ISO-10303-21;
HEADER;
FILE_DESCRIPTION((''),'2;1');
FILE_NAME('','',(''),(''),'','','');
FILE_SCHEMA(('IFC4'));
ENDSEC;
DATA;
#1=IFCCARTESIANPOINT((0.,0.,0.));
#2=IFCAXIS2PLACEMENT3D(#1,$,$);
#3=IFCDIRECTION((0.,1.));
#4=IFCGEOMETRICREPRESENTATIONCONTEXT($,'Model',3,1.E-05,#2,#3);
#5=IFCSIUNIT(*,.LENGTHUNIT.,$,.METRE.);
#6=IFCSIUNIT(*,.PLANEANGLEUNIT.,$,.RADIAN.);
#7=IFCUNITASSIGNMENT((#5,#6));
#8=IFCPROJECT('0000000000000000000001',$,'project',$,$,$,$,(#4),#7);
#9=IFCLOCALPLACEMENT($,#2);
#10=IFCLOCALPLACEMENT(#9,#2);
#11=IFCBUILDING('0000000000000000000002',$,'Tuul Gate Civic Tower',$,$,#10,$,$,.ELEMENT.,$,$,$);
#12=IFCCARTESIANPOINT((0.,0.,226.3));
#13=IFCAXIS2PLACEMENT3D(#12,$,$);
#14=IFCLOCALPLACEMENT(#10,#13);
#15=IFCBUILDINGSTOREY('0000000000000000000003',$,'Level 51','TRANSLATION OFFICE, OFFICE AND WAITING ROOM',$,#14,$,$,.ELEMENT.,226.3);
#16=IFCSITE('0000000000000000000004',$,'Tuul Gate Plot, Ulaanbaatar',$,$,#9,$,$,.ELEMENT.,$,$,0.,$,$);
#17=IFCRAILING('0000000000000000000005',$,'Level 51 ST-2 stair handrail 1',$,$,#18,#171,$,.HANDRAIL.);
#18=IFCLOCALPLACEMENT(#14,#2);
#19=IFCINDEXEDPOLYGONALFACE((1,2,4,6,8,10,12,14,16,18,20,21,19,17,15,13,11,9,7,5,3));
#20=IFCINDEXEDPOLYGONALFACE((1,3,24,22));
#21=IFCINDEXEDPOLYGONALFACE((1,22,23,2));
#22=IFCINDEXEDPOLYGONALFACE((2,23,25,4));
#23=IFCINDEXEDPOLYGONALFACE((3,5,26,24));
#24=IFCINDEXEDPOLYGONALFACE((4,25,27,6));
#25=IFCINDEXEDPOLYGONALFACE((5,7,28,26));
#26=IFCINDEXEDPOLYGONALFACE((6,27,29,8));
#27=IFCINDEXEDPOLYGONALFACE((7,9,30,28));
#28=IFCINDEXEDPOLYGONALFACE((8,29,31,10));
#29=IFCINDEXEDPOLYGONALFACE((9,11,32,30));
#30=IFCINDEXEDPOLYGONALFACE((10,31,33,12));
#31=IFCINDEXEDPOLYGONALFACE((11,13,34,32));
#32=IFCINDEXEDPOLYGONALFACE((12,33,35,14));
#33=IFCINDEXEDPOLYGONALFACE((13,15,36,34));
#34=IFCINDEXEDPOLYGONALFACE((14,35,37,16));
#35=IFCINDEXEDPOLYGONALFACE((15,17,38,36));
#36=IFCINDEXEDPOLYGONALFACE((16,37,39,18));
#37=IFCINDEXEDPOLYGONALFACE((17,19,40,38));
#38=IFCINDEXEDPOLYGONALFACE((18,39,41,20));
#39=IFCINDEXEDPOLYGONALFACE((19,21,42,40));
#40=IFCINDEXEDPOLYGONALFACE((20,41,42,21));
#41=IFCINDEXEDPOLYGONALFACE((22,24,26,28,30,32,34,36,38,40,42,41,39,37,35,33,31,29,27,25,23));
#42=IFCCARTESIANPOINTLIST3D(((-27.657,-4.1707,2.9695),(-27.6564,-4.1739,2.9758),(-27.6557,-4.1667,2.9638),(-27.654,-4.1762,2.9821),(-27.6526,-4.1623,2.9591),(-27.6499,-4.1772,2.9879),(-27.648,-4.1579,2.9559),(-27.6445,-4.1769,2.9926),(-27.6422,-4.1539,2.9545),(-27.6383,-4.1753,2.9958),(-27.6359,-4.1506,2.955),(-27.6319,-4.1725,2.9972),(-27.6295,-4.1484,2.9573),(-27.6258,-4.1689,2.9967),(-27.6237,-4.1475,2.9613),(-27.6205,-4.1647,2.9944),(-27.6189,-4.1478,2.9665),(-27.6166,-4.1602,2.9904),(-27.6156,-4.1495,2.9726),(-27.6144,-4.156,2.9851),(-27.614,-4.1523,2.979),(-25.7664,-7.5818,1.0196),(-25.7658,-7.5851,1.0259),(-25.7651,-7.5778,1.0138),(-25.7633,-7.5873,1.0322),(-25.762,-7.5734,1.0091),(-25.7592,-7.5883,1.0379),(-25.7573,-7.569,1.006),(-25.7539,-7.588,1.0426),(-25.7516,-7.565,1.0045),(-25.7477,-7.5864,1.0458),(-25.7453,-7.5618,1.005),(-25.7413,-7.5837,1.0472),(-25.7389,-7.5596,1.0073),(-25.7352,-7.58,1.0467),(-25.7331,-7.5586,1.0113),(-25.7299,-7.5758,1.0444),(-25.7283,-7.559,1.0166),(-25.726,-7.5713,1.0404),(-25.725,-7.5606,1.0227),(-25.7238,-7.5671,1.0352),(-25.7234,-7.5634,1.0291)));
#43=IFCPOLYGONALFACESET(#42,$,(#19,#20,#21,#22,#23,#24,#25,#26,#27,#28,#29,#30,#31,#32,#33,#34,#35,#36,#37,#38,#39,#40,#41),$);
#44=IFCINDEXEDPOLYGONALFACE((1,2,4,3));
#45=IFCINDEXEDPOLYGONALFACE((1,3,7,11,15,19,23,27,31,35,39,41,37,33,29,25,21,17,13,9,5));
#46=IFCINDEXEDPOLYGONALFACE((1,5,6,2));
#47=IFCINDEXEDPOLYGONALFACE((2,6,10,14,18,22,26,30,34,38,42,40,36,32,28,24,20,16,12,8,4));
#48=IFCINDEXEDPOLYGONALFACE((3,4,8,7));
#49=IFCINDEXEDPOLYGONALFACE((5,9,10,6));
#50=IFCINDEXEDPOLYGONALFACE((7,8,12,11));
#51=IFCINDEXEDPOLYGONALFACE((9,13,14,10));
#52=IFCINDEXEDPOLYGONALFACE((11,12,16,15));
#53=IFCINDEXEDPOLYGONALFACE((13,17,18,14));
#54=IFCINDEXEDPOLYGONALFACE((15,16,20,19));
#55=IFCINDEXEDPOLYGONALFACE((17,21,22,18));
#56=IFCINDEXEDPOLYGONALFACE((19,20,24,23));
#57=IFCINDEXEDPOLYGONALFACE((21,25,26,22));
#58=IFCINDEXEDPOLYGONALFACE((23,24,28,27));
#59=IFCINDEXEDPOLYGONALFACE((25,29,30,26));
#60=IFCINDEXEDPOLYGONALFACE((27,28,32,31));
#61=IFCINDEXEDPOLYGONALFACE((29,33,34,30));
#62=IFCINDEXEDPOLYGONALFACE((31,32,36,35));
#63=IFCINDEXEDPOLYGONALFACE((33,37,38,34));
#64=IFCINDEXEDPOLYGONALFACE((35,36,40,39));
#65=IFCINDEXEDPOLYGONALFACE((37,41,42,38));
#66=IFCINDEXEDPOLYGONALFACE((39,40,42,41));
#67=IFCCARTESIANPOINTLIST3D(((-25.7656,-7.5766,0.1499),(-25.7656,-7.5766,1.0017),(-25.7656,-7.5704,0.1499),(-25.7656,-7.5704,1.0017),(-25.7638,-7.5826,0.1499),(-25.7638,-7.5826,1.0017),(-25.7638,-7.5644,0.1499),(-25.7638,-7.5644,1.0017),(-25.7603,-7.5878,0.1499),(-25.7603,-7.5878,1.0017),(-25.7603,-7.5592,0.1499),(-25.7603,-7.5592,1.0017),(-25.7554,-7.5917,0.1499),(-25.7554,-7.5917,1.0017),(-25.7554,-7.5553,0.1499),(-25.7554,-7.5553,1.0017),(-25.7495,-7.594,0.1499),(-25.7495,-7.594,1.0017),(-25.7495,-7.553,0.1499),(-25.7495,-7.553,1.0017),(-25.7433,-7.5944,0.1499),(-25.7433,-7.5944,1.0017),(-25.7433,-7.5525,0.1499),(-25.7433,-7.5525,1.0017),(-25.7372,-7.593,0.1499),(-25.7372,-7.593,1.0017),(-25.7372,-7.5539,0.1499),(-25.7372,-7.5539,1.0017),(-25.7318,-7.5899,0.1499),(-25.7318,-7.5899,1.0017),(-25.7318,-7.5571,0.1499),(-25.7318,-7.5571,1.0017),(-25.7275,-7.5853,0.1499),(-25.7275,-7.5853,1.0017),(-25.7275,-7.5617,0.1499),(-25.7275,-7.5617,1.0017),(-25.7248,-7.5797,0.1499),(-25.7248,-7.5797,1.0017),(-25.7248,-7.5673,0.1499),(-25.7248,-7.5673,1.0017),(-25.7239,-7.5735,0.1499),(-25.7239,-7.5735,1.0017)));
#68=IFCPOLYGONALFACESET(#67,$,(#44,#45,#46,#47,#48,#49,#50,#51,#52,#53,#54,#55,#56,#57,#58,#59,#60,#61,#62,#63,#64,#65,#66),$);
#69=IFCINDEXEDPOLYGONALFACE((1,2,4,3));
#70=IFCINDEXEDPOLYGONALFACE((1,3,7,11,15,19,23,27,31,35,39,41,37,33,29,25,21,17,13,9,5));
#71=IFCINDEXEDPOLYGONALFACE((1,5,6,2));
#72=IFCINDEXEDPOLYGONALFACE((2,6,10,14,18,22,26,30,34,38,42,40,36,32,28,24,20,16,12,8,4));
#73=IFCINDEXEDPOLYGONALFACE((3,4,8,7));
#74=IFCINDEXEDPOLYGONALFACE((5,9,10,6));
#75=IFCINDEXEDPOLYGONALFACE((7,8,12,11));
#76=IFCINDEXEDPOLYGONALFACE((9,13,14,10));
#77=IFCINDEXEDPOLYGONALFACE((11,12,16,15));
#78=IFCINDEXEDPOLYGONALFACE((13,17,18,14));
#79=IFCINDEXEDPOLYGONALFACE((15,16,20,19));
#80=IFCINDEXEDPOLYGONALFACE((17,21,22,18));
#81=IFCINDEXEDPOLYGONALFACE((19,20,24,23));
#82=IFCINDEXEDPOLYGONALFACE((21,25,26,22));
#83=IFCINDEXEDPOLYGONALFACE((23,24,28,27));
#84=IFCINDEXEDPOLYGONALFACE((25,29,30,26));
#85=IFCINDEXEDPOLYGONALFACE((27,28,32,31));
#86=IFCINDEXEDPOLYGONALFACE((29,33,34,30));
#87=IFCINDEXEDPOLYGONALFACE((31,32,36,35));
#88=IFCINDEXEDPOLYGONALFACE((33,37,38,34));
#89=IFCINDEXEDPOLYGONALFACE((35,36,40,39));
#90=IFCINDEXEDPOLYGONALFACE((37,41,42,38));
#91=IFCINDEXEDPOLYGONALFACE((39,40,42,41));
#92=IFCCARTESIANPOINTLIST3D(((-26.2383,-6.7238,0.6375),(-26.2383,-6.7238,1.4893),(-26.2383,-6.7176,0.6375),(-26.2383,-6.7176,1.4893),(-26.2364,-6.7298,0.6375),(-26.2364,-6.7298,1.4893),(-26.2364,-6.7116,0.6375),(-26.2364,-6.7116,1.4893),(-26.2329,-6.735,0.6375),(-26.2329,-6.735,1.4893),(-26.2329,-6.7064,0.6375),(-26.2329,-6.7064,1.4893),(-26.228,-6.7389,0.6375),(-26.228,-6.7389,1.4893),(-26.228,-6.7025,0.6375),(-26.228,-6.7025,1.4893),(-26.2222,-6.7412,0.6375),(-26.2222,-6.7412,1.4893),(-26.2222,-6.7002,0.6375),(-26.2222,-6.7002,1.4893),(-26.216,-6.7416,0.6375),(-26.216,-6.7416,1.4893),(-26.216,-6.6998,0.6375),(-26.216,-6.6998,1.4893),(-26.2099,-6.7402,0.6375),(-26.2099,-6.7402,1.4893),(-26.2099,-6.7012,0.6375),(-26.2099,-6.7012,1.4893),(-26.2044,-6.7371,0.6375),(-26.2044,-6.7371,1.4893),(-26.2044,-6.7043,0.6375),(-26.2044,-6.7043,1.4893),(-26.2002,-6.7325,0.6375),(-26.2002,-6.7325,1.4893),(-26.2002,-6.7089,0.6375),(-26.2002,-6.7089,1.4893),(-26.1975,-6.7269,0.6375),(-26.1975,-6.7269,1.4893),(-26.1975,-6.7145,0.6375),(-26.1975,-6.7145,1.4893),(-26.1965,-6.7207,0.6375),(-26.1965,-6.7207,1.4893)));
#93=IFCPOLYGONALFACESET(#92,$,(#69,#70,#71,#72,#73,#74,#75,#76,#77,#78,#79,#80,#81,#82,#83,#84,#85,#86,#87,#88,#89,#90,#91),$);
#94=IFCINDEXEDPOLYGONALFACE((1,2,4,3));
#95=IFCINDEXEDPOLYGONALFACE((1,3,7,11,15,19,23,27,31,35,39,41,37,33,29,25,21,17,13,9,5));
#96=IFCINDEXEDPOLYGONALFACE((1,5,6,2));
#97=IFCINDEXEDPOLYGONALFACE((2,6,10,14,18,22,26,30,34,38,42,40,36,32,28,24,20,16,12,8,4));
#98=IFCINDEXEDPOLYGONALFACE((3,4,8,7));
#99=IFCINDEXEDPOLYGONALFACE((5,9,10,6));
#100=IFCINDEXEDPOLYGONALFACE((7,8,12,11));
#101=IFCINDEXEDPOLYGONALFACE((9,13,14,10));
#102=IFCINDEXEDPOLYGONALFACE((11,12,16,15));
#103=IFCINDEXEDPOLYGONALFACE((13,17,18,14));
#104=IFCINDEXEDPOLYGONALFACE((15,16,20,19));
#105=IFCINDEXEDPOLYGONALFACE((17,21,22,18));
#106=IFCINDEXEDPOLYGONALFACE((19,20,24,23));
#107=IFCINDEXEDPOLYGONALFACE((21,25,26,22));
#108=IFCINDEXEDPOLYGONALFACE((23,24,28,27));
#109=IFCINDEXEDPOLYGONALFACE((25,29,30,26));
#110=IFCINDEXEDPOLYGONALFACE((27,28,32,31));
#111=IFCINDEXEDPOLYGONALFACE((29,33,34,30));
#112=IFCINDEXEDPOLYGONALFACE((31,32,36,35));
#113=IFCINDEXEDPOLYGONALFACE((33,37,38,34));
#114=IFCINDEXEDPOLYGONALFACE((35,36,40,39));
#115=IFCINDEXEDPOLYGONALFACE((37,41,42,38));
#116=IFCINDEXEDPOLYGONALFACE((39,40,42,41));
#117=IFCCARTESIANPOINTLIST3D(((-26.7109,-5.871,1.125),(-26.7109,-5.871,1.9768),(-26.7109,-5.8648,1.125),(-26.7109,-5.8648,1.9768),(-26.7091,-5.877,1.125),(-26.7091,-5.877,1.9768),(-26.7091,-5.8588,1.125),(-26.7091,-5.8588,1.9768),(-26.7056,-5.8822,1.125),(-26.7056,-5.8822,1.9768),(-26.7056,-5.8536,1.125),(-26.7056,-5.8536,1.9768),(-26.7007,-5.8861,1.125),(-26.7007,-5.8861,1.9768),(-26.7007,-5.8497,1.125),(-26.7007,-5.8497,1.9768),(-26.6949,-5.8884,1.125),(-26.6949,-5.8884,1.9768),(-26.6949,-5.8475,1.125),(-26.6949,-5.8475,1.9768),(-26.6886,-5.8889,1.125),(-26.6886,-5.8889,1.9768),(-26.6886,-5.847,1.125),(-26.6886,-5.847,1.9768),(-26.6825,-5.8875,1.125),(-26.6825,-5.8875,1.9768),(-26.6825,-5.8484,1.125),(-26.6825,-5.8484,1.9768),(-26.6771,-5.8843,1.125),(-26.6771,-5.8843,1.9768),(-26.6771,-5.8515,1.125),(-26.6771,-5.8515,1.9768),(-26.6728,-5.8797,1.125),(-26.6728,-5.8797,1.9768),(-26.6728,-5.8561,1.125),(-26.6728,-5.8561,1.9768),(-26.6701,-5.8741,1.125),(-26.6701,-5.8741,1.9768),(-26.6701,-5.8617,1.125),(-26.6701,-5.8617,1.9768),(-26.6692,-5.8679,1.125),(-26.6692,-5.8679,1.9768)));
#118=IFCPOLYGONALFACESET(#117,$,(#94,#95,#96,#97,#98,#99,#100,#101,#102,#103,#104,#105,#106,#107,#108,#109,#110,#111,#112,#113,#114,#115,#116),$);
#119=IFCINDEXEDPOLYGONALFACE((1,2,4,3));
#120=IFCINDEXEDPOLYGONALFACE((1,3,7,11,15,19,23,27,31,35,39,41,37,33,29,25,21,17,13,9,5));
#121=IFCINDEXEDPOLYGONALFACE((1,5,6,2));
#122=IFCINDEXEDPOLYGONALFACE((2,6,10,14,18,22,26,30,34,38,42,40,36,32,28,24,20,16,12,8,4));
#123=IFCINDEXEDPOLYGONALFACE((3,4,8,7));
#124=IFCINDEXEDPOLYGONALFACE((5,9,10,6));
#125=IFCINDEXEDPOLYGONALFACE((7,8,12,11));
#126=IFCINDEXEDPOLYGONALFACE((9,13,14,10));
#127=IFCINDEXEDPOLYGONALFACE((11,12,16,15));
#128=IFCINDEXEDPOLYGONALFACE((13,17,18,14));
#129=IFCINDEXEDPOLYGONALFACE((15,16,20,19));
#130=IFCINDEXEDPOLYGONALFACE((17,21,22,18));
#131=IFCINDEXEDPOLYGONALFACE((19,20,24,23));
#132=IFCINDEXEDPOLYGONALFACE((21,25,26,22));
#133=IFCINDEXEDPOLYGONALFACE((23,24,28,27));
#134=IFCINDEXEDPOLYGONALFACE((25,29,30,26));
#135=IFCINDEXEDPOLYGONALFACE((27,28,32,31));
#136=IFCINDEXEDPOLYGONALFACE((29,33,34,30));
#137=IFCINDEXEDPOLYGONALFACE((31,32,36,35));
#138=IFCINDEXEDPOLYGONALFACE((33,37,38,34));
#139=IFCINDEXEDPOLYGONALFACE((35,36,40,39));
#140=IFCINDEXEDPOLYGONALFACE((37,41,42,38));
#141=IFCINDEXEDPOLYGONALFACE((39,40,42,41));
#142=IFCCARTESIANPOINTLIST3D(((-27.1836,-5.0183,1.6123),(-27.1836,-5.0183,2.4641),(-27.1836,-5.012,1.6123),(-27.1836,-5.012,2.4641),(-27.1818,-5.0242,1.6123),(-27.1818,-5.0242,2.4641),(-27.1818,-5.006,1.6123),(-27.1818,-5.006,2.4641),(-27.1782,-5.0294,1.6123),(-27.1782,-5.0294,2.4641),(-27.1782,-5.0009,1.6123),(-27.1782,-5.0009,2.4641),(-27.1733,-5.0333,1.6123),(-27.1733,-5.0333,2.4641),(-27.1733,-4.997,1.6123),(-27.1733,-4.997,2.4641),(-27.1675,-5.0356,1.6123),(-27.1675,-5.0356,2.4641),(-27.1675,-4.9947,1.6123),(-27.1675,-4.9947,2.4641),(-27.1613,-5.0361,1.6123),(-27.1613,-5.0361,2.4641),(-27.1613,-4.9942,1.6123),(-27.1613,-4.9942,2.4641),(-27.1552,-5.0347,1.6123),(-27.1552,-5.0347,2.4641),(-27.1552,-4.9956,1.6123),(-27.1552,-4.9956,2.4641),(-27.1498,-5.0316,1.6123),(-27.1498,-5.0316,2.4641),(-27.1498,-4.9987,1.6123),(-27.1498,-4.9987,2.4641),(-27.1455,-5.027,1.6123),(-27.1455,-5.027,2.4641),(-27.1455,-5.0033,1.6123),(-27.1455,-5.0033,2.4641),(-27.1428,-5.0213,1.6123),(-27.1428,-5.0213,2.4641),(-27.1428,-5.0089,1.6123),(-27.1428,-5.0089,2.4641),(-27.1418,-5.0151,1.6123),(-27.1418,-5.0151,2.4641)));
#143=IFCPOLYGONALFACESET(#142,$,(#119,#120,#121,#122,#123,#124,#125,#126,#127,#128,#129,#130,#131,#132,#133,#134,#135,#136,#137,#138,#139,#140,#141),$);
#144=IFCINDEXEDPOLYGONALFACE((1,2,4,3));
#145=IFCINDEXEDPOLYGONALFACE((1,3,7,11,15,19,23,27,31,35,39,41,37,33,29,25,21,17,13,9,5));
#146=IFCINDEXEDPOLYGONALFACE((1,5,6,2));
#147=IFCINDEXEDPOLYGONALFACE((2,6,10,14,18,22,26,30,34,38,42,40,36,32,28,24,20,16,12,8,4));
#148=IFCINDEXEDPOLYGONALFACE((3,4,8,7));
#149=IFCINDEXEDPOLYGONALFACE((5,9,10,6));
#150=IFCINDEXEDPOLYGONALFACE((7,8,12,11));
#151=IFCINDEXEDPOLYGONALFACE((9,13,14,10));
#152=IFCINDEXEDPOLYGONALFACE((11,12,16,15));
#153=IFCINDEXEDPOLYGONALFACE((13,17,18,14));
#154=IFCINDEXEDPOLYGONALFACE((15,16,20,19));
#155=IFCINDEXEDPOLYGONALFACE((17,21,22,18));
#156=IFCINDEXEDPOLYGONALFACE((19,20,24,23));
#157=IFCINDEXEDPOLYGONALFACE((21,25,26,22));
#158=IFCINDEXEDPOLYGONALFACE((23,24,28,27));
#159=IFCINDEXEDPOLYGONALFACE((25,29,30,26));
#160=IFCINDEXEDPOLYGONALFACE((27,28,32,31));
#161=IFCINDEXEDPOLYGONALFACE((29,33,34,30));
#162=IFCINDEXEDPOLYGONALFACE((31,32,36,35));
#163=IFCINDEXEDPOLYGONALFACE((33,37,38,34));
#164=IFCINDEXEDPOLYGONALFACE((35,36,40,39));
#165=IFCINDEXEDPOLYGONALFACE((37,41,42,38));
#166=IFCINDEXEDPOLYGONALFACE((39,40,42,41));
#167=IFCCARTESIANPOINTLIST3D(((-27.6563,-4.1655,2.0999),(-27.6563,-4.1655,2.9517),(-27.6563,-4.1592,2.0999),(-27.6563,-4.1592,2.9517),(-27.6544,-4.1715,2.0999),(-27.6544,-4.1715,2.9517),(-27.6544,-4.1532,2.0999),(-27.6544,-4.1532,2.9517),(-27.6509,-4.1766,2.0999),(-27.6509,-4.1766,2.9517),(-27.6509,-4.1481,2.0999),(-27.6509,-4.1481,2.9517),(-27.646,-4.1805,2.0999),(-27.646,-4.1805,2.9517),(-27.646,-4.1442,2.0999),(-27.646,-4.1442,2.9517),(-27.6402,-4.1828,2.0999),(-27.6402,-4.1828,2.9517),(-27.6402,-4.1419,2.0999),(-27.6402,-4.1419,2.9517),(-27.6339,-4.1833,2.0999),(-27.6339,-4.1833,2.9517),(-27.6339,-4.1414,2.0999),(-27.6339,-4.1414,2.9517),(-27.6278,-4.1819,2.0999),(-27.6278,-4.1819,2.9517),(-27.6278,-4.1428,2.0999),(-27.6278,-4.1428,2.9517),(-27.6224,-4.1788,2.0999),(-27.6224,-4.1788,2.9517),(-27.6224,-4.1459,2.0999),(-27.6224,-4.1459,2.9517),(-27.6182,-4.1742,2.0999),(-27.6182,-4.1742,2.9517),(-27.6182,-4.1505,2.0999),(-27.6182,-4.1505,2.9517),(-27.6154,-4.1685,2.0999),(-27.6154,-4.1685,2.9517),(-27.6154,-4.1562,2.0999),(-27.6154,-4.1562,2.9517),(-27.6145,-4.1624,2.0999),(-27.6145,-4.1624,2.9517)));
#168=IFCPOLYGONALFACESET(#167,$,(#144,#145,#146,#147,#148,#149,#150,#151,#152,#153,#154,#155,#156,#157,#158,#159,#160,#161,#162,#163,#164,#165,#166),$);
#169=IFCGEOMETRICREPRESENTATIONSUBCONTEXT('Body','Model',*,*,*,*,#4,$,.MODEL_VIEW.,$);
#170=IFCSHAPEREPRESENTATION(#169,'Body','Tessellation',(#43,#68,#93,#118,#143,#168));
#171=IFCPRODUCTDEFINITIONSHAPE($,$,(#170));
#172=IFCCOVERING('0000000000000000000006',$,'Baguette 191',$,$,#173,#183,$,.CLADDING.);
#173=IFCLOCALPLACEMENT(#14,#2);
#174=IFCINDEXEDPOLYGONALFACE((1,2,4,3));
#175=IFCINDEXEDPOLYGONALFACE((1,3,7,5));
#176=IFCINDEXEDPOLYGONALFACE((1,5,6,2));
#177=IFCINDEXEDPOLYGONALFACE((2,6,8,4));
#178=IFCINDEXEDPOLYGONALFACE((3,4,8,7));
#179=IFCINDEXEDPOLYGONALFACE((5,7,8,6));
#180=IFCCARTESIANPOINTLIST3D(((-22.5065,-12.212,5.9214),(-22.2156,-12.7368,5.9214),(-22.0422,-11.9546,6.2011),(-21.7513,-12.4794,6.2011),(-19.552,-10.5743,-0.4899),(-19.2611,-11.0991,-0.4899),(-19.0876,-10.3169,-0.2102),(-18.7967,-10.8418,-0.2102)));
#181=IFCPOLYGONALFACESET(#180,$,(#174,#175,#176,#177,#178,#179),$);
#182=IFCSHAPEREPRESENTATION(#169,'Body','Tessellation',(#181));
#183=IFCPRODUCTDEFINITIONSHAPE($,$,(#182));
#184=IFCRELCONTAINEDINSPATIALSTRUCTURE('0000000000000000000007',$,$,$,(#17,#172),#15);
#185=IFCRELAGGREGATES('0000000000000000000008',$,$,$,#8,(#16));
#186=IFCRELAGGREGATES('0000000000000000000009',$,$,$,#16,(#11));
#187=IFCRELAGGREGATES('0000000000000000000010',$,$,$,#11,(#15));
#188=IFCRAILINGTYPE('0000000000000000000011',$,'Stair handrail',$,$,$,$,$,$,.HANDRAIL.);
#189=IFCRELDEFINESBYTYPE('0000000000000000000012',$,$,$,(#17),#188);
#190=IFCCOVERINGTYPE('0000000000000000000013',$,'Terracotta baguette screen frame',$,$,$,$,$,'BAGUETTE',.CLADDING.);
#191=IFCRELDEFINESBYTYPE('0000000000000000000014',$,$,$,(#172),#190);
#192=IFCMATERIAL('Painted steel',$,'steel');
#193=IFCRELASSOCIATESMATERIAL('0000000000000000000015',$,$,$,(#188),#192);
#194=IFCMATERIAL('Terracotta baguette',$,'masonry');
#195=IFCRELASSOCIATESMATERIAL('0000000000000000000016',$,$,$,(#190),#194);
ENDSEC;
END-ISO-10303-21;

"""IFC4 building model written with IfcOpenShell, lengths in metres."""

from ifc_helpers import new_model, si_unit, direction, frame, origin, origin_2d, place, context, subcontext, project, spatial, rectangle, circle, extrude, material, material_profile, profile_set, type_object, element, save


model = new_model("IFC4")

# Units and contexts
model_context = context("Model", 3, precision=1e-05, world=origin(), true_north=direction((0.0, 1.0)))
body_context = subcontext(model_context, "Body", "Model", "MODEL_VIEW")
ifc_project = project(units=[si_unit("LENGTHUNIT", "METRE"), si_unit("PLANEANGLEUNIT", "RADIAN")], contexts=[model_context])

# Site, building, storey
site_placement = place(None, origin())
site = spatial("IfcSite", under=ifc_project, at=site_placement, Name="Tuul Gate Plot, Ulaanbaatar", CompositionType="ELEMENT", RefElevation=0.0)
building_placement = place(site_placement, origin())
building = spatial("IfcBuilding", under=site, at=building_placement, Name="Tuul Gate Civic Tower", CompositionType="ELEMENT")
storey_placement = place(building_placement, frame((0.0, 0.0, 226.3)))
storey = spatial("IfcBuildingStorey", under=building, at=storey_placement, Name="Level 51", Description="TRANSLATION OFFICE, OFFICE AND WAITING ROOM", CompositionType="ELEMENT", Elevation=226.3)

# Railing
ifc_material_1 = material(Name="Painted steel", Category="steel")
railing_type_1 = type_object("IfcRailingType", Name="Stair handrail", PredefinedType="HANDRAIL", material=ifc_material_1)
railing_1_placement = place(storey_placement, frame((-25.7449, -7.5735, 0.1499)))
element("IfcRailing", 1, at=railing_1_placement, inside=storey, type_object=railing_type_1, Name="Level 51 ST-2 stair handrail 1", PredefinedType="HANDRAIL", context=body_context, shape_type="SweptSolid", body=[
    extrude(circle(Radius=0.0239, at=origin_2d()), frame((0.0, 0.0, 0.876), z_axis=(-0.433595, 0.782308, 0.447201), x_axis=(-0.874641, -0.484771, 0.0)), (0.0, 0.0, 1.0), 4.3604),
    extrude(circle(Radius=0.021, at=origin_2d()), origin(), (0.0, 0.0, 1.0), 0.8518),
    extrude(circle(Radius=0.021, at=origin_2d()), frame((-0.4727, 0.8528, 0.4875)), (0.0, 0.0, 1.0), 0.8518),
    extrude(circle(Radius=0.021, at=origin_2d()), frame((-0.9453, 1.7056, 0.9751)), (0.0, 0.0, 1.0), 0.8518),
    extrude(circle(Radius=0.021, at=origin_2d()), frame((-1.418, 2.5583, 1.4624)), (0.0, 0.0, 1.0), 0.8518),
    extrude(circle(Radius=0.021, at=origin_2d()), frame((-1.8906, 3.4111, 1.95)), (0.0, 0.0, 1.0), 0.8518),
])

# Covering
ifc_material_2 = material(Name="Terracotta baguette", Category="masonry")
ifc_material_profile_1 = material_profile(ifc_material_2, rectangle(XDim=0.6001, YDim=0.6001, at=origin_2d()), Name="Terracotta baguette screen frame")
ifc_profile_set_1 = profile_set([ifc_material_profile_1], Name="Terracotta baguette")
covering_type = type_object("IfcCoveringType", Name="Terracotta baguette screen frame", ElementType="BAGUETTE", PredefinedType="CLADDING", material=ifc_profile_set_1)
covering_placement = place(storey_placement, frame((-22.1289, -12.3457, 6.0613), z_axis=(0.407705, 0.225986, -0.884707), x_axis=(-0.484796, 0.874627, 0.0)))
element("IfcCovering", 2, at=covering_placement, inside=storey, type_object=covering_type, Name="Baguette 191", PredefinedType="CLADDING", context=body_context, shape_type="SweptSolid", body=[
    extrude(rectangle(XDim=0.6001, YDim=0.6001, at=origin_2d()), origin(), (0.0, 0.0, 1.0), 7.2468),
])

save(model, "model.ifc")
